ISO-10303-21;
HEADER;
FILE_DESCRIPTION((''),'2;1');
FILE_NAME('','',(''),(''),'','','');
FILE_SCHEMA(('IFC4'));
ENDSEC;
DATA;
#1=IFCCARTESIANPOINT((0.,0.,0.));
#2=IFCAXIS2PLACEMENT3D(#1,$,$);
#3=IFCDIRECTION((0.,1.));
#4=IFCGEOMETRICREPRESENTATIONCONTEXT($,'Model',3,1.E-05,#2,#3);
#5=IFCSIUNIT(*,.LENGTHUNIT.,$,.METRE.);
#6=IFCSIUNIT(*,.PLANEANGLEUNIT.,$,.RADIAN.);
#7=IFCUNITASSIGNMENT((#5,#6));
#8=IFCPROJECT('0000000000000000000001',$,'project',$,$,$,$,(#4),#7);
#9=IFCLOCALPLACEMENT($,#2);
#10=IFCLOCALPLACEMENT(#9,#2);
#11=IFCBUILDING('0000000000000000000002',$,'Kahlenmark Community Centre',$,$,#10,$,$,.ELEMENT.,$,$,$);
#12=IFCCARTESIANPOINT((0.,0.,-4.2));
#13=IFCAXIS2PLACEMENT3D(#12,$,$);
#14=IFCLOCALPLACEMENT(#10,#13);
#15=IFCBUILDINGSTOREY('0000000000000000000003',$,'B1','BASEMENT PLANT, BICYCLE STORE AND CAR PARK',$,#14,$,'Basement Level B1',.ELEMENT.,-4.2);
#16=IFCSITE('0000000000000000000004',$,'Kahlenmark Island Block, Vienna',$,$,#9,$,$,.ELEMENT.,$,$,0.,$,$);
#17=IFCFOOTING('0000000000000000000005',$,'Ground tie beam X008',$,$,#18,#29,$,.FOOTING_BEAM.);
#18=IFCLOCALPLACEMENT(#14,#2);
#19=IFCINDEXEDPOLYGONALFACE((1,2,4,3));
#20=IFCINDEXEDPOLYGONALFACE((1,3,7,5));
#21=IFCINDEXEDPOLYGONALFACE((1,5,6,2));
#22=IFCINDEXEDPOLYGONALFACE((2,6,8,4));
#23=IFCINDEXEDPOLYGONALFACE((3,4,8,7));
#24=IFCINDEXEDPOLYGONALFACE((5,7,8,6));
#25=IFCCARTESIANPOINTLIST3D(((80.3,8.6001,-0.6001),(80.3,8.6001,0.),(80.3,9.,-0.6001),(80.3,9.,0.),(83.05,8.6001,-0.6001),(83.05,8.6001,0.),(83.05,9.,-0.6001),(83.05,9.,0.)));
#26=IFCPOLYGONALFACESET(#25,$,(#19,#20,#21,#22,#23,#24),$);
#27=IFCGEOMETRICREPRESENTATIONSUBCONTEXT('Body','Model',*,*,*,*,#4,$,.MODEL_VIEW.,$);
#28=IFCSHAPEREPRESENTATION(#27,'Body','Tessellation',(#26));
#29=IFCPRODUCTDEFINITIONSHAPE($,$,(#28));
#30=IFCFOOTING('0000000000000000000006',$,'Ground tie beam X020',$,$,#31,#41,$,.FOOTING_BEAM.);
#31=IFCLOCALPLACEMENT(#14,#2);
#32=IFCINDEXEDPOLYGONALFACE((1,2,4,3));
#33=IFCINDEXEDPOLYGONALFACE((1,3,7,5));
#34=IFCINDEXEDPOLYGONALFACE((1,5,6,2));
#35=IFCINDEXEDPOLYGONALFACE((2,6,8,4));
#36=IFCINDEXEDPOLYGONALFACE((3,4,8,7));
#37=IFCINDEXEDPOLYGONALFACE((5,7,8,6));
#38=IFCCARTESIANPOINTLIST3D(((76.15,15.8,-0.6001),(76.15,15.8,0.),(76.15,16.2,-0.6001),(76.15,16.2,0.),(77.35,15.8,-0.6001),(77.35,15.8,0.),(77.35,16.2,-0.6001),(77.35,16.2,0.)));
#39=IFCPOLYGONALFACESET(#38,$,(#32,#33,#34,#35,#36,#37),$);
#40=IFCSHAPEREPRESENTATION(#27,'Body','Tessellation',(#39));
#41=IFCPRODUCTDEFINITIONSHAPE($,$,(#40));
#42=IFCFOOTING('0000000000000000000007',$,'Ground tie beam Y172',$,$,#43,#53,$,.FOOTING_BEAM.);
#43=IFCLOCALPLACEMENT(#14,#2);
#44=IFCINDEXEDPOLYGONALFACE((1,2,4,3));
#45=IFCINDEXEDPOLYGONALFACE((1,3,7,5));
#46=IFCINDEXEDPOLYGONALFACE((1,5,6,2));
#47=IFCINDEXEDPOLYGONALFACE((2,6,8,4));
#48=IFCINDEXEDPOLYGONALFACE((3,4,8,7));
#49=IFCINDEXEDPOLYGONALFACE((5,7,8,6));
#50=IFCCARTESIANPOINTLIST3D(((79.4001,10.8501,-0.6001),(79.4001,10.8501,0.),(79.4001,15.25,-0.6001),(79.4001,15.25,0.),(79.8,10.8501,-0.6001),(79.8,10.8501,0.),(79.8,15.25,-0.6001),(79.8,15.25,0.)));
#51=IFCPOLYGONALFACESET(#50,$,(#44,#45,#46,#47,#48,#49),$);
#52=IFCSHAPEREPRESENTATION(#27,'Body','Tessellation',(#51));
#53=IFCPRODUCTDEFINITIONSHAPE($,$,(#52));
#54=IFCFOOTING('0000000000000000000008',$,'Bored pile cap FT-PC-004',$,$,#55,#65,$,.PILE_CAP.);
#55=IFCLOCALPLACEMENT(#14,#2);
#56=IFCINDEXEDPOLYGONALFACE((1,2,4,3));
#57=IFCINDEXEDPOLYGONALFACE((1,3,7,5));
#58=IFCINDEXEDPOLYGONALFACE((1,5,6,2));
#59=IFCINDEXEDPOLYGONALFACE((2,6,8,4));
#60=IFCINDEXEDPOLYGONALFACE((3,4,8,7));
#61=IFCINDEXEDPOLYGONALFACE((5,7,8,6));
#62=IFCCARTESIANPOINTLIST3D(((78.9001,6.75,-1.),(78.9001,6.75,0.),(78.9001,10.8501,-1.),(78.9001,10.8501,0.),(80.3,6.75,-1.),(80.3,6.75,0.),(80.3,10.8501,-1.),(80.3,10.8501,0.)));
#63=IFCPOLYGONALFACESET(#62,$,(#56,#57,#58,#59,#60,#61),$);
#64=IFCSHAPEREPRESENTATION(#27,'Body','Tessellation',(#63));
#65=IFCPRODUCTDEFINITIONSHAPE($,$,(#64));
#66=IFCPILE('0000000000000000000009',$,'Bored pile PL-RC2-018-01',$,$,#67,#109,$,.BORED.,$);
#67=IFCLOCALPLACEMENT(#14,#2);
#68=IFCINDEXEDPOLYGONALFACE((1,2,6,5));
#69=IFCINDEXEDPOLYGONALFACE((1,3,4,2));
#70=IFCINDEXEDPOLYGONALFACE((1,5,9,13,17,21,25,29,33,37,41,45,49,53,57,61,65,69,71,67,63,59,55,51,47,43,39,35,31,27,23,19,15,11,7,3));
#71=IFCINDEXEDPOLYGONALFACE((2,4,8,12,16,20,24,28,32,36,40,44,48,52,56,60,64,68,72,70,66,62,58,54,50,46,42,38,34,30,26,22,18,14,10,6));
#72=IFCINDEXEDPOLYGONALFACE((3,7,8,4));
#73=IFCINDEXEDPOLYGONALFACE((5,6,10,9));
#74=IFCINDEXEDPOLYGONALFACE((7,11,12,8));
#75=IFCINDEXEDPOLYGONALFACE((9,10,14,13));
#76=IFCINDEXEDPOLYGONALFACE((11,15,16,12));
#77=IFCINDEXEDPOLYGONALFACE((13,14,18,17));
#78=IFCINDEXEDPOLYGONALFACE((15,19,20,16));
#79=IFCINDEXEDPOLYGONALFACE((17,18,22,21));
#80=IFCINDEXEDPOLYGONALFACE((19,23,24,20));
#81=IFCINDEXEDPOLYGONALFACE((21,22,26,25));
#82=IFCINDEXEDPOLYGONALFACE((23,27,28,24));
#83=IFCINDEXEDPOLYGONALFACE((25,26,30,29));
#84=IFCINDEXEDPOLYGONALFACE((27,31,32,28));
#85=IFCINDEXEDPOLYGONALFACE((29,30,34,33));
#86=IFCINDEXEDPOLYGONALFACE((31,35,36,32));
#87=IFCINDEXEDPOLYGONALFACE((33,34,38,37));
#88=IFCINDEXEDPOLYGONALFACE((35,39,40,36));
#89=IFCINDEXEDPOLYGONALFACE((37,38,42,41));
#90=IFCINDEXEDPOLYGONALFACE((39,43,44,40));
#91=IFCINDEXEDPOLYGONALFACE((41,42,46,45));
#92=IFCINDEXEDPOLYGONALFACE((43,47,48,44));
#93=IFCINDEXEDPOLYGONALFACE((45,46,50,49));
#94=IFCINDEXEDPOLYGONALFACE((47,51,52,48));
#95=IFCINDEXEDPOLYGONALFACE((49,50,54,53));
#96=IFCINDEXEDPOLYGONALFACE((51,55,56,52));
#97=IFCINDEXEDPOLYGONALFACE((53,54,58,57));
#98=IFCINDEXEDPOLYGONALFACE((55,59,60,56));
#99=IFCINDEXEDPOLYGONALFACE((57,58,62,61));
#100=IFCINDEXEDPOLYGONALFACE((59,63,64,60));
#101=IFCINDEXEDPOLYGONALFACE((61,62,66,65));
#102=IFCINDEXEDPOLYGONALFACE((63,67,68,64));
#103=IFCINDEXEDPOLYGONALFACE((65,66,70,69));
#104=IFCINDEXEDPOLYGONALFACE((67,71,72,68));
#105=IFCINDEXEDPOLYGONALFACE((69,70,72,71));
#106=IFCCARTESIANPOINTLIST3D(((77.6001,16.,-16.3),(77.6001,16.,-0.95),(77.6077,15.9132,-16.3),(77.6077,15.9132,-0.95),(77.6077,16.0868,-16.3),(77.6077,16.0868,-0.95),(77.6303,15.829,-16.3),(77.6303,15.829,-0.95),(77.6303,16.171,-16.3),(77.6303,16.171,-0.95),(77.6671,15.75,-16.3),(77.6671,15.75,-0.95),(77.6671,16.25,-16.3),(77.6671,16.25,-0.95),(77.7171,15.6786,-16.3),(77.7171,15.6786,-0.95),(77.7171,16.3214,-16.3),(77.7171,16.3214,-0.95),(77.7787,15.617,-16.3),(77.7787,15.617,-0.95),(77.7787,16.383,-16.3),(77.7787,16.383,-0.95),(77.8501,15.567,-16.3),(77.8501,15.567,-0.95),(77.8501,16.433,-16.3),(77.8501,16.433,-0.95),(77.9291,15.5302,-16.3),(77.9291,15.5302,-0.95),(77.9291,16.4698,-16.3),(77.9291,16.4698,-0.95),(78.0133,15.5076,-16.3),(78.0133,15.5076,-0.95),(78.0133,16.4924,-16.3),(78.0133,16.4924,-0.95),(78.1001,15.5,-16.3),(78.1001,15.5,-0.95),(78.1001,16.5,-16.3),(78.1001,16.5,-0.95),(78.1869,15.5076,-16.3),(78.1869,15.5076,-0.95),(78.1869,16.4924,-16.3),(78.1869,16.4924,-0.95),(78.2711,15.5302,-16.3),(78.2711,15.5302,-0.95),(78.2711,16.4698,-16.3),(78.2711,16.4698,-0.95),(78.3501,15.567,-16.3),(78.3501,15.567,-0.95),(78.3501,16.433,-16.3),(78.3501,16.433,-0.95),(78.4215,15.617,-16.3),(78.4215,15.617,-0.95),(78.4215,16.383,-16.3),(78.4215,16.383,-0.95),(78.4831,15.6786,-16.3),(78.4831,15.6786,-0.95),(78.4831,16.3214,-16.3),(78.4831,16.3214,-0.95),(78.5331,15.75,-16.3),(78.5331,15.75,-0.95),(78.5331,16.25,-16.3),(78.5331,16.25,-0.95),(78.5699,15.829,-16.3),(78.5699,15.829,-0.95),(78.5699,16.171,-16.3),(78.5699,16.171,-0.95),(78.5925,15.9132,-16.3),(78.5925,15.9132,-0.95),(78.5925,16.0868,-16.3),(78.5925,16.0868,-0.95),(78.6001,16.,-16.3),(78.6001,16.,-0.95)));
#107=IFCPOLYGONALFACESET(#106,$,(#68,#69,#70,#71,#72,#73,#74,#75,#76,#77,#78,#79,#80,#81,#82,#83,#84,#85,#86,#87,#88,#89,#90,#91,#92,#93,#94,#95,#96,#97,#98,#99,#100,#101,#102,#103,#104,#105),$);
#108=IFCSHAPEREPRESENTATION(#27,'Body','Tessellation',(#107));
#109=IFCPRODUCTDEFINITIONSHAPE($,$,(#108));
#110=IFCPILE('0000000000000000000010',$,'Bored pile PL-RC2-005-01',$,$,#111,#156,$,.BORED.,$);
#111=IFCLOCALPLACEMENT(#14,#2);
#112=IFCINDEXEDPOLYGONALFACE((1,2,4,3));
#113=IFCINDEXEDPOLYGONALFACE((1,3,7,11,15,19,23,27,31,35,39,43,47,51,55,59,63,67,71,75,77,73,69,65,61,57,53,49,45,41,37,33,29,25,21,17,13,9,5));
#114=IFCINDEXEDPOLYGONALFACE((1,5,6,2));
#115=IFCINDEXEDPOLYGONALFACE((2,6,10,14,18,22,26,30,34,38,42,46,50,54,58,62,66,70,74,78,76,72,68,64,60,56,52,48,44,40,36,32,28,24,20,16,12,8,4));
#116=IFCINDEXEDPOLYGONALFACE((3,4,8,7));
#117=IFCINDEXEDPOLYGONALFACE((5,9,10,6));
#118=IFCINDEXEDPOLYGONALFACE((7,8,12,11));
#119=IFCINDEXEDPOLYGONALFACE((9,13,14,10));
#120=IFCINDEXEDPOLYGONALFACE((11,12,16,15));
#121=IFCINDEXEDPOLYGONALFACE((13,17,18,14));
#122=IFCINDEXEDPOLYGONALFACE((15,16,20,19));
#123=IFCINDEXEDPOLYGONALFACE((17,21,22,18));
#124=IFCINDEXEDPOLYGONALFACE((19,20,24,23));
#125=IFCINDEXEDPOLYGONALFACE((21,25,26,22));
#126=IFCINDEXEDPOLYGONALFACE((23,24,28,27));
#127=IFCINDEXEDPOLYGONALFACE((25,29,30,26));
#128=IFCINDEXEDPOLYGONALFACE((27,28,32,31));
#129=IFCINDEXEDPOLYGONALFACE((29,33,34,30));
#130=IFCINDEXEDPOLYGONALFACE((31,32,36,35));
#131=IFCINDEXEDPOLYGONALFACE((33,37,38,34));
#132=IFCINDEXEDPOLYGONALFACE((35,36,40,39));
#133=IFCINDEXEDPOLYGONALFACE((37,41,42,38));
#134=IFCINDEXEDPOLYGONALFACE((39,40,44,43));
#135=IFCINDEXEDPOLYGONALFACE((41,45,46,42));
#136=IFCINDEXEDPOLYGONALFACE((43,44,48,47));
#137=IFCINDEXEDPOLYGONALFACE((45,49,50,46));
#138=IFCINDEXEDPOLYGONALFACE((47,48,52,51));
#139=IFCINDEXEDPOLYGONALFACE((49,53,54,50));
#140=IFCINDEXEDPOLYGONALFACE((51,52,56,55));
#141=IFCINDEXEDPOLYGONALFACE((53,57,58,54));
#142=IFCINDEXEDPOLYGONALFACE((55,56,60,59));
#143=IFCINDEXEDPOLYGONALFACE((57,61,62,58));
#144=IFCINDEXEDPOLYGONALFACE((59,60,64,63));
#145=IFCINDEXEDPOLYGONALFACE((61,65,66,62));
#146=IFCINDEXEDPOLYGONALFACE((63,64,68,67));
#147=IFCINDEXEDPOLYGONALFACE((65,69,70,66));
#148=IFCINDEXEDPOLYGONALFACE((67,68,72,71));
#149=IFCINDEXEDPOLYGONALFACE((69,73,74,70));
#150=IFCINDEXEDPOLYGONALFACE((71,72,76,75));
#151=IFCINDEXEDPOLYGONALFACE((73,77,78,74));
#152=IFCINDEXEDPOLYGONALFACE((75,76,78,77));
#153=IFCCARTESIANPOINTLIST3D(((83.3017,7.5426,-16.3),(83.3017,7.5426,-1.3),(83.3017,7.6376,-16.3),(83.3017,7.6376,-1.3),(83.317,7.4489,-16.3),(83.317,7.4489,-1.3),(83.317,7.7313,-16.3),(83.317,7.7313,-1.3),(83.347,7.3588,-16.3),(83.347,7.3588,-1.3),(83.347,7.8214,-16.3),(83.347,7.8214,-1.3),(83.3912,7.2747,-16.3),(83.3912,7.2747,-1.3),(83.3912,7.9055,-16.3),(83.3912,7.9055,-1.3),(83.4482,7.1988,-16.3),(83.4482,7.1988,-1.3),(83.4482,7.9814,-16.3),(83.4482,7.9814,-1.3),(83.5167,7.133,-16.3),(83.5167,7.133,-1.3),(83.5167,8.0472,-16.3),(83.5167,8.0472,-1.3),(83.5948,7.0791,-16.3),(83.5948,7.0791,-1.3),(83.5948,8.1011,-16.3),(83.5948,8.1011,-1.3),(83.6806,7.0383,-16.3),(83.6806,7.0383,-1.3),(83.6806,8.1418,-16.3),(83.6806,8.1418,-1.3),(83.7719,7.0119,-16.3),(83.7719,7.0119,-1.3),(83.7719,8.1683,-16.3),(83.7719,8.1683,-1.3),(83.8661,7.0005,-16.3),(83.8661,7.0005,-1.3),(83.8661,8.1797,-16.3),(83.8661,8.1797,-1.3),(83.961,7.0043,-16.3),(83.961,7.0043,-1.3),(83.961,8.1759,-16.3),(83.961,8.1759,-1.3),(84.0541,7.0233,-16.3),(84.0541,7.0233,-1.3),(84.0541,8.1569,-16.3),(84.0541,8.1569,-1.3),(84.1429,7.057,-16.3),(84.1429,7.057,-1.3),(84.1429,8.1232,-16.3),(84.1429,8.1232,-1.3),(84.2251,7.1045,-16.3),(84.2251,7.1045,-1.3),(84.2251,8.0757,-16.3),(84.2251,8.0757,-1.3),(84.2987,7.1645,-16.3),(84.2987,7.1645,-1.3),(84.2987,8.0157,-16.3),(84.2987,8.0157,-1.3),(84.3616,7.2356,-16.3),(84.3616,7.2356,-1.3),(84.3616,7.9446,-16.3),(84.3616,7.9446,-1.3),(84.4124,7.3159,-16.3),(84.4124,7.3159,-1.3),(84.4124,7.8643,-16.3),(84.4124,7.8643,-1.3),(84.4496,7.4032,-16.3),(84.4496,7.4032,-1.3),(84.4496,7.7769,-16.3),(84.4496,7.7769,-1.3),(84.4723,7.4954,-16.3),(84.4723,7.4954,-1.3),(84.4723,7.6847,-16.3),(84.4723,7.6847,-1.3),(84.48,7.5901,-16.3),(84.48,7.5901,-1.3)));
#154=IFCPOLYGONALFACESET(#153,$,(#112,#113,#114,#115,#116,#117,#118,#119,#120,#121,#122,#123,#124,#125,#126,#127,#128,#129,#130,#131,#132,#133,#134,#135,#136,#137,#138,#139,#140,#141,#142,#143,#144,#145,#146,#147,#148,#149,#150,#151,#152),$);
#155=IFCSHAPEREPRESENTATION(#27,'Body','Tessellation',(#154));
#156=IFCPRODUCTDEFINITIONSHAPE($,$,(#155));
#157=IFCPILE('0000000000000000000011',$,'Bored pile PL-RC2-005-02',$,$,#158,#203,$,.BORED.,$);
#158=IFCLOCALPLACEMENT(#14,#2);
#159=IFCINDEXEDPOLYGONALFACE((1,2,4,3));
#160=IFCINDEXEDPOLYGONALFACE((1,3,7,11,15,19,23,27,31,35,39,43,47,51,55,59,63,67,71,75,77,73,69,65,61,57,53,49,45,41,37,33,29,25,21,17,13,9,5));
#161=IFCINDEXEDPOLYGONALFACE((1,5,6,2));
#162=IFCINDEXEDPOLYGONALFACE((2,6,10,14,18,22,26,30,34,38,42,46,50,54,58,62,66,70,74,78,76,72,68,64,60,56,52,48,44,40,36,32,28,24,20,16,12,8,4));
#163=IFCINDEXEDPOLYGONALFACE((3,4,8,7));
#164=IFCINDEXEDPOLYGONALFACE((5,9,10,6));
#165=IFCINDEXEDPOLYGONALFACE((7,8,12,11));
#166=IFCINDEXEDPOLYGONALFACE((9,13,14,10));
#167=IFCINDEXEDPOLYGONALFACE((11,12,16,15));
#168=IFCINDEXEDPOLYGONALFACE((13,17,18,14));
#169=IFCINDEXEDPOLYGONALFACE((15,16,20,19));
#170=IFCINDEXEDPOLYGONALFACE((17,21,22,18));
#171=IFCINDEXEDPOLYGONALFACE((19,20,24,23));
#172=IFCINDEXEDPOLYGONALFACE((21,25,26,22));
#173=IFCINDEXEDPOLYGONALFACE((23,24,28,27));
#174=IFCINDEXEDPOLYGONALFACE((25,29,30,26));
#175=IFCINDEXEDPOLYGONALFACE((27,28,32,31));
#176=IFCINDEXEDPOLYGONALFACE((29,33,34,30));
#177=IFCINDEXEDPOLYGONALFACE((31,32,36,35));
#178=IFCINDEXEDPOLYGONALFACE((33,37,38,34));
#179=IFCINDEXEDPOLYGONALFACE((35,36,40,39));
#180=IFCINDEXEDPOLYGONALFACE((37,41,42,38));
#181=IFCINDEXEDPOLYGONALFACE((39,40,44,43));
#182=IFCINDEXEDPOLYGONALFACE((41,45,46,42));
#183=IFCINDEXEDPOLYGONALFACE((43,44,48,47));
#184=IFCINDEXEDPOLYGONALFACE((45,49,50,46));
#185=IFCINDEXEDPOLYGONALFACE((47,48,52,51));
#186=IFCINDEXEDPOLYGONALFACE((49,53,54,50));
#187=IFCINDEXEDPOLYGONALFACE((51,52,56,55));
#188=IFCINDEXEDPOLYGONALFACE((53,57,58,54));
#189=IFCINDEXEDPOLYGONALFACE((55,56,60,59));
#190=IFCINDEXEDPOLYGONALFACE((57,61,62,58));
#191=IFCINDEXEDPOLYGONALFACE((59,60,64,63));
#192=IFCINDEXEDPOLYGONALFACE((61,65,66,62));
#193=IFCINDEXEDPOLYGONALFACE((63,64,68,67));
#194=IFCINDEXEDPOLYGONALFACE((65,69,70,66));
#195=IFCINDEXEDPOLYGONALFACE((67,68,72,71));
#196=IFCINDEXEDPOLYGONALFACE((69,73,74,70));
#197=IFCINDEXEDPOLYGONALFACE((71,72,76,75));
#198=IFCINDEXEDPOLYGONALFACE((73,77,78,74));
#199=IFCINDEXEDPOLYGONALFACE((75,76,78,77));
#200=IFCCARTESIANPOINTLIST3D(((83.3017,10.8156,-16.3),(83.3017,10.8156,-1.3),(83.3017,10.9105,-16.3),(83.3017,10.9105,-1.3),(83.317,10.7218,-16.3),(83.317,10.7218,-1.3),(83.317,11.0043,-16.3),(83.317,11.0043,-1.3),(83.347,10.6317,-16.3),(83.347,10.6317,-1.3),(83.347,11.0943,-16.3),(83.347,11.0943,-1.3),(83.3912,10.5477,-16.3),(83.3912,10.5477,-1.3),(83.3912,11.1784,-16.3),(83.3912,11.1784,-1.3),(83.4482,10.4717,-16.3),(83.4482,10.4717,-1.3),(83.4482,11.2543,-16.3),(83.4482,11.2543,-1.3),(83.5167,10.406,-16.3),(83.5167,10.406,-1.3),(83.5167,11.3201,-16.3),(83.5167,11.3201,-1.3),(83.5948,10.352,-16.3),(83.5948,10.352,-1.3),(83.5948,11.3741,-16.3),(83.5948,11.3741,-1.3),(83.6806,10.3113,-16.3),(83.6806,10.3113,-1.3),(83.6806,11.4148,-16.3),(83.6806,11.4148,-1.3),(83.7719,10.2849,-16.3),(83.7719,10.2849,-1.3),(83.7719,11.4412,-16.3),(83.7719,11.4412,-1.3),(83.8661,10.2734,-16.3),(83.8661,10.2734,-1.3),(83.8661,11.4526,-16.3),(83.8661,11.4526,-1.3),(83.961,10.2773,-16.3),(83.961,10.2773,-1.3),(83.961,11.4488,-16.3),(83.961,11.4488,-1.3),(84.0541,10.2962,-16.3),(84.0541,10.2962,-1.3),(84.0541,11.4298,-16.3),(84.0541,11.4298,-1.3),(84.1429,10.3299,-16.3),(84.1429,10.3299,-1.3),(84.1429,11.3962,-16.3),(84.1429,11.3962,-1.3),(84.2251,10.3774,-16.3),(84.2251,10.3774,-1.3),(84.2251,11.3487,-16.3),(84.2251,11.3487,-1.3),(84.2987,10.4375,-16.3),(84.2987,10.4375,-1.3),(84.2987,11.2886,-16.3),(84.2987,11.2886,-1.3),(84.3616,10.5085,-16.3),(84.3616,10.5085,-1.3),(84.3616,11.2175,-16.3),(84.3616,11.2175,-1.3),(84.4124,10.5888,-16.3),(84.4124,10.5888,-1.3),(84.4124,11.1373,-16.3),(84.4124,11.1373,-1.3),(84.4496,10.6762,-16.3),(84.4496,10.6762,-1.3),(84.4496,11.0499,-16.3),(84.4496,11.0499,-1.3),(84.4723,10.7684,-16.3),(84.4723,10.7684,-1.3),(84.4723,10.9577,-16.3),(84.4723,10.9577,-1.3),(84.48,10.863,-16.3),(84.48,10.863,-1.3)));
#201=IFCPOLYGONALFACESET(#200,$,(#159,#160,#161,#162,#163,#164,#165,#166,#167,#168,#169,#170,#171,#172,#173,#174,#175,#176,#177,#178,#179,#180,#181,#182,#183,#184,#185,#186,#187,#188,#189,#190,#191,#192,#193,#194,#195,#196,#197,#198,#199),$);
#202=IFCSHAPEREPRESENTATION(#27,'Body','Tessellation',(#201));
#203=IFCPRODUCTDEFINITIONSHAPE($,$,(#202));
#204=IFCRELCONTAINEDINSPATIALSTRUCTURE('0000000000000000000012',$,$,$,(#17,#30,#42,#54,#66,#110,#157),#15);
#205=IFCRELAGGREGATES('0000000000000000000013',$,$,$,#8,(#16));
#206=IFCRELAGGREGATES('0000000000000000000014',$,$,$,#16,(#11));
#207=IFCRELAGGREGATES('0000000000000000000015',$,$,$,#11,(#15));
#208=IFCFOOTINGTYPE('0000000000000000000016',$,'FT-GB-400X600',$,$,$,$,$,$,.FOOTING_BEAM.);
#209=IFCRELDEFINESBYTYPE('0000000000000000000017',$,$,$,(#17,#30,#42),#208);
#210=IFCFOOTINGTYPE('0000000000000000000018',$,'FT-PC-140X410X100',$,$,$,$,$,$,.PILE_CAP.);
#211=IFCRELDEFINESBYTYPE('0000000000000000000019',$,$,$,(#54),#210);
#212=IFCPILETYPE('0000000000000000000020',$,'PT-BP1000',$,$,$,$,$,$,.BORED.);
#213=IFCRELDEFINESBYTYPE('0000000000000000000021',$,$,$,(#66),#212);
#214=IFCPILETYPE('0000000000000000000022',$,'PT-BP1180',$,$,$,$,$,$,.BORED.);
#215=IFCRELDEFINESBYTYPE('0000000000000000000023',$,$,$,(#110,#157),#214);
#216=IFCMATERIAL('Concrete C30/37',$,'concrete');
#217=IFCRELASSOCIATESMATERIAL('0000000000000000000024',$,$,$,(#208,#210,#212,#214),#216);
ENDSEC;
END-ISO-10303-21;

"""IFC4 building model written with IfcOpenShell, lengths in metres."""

from ifc_helpers import new_model, si_unit, direction, frame, origin, origin_2d, place, context, subcontext, project, spatial, rectangle, circle, extrude, material, material_profile, profile_set, type_object, element, save


model = new_model("IFC4")

# Units and contexts
model_context = context("Model", 3, precision=1e-05, world=origin(), true_north=direction((0.0, 1.0)))
body_context = subcontext(model_context, "Body", "Model", "MODEL_VIEW")
ifc_project = project(units=[si_unit("LENGTHUNIT", "METRE"), si_unit("PLANEANGLEUNIT", "RADIAN")], contexts=[model_context])

# Site, building, storey
site_placement = place(None, origin())
site = spatial("IfcSite", under=ifc_project, at=site_placement, Name="Kahlenmark Island Block, Vienna", CompositionType="ELEMENT", RefElevation=0.0)
building_placement = place(site_placement, origin())
building = spatial("IfcBuilding", under=site, at=building_placement, Name="Kahlenmark Community Centre", CompositionType="ELEMENT")
storey_placement = place(building_placement, frame((0.0, 0.0, -4.2)))
storey = spatial("IfcBuildingStorey", under=building, at=storey_placement, Name="B1", Description="BASEMENT PLANT, BICYCLE STORE AND CAR PARK", LongName="Basement Level B1", CompositionType="ELEMENT", Elevation=-4.2)

# Footings
ifc_material_1 = material(Name="Concrete C30/37", Category="concrete")
footing_type_1 = type_object("IfcFootingType", Name="FT-GB-400X600", PredefinedType="FOOTING_BEAM", material=ifc_material_1)
footing_1_placement = place(storey_placement, frame((81.675, 8.8, -0.6001), z_axis=(0.0, 0.0, 1.0), x_axis=(1.0, 0.0, 0.0)))
element("IfcFooting", 1, at=footing_1_placement, inside=storey, type_object=footing_type_1, Name="Ground tie beam X008", PredefinedType="FOOTING_BEAM", context=body_context, shape_type="SweptSolid", body=[
    extrude(rectangle(XDim=2.75, YDim=0.3999, at=origin_2d()), origin(), (0.0, 0.0, 1.0), 0.6001),
])
footing_2_placement = place(storey_placement, frame((76.75, 16.0, -0.6001), z_axis=(0.0, 0.0, 1.0), x_axis=(1.0, 0.0, 0.0)))
element("IfcFooting", 2, at=footing_2_placement, inside=storey, type_object=footing_type_1, Name="Ground tie beam X020", PredefinedType="FOOTING_BEAM", context=body_context, shape_type="SweptSolid", body=[
    extrude(rectangle(XDim=1.2, YDim=0.3999, at=origin_2d()), origin(), (0.0, 0.0, 1.0), 0.6001),
])
footing_3_placement = place(storey_placement, frame((79.6001, 13.05, -0.6001), z_axis=(0.0, 0.0, 1.0), x_axis=(1.0, 0.0, 0.0)))
element("IfcFooting", 3, at=footing_3_placement, inside=storey, type_object=footing_type_1, Name="Ground tie beam Y172", PredefinedType="FOOTING_BEAM", context=body_context, shape_type="SweptSolid", body=[
    extrude(rectangle(XDim=0.3999, YDim=4.3999, at=origin_2d()), origin(), (0.0, 0.0, 1.0), 0.6001),
])
footing_type_2 = type_object("IfcFootingType", Name="FT-PC-140X410X100", PredefinedType="PILE_CAP", material=ifc_material_1)
footing_4_placement = place(storey_placement, frame((79.6001, 8.8, -1.0), z_axis=(0.0, 0.0, 1.0), x_axis=(1.0, 0.0, 0.0)))
element("IfcFooting", 4, at=footing_4_placement, inside=storey, type_object=footing_type_2, Name="Bored pile cap FT-PC-004", PredefinedType="PILE_CAP", context=body_context, shape_type="SweptSolid", body=[
    extrude(rectangle(XDim=1.3999, YDim=4.1001, at=origin_2d()), origin(), (0.0, 0.0, 1.0), 1.0),
])

# Piles
ifc_material_profile_1 = material_profile(ifc_material_1, circle(Radius=0.5, at=origin_2d()), Name="BORED PILE 1000")
ifc_profile_set_1 = profile_set([ifc_material_profile_1], Name="Concrete C30/37")
pile_type_1 = type_object("IfcPileType", Name="PT-BP1000", PredefinedType="BORED", material=ifc_profile_set_1)
pile_placement = place(storey_placement, frame((78.1001, 16.0, -0.95), z_axis=(0.0, 0.0, -1.0), x_axis=(1.0, 0.0, 0.0)))
element("IfcPile", 5, at=pile_placement, inside=storey, type_object=pile_type_1, Name="Bored pile PL-RC2-018-01", PredefinedType="BORED", context=body_context, shape_type="SweptSolid", body=[
    extrude(circle(Radius=0.5, at=origin_2d()), origin(), (0.0, 0.0, 1.0), 15.3501),
])
ifc_material_profile_2 = material_profile(ifc_material_1, circle(Radius=0.5901, at=origin_2d()), Name="BORED PILE 1180")
ifc_profile_set_2 = profile_set([ifc_material_profile_2], Name="Concrete C30/37")
pile_type_2 = type_object("IfcPileType", Name="PT-BP1180", PredefinedType="BORED", material=ifc_profile_set_2)
for number, where, z_axis, x_axis, name in (
    (6, (83.8899, 7.5901, -1.3), (0.0, 0.0, -1.0), (1.0, 0.0, 0.0), "Bored pile PL-RC2-005-01"),
    (7, (83.8899, 10.863, -1.3), (0.0, 0.0, -1.0), (1.0, 0.0, 0.0), "Bored pile PL-RC2-005-02"),
):
    element("IfcPile", number, at=place(storey_placement, frame(where, z_axis=z_axis, x_axis=x_axis)), inside=storey, type_object=pile_type_2, Name=name, PredefinedType="BORED", context=body_context, shape_type="SweptSolid", body=[
        extrude(circle(Radius=0.5901, at=origin_2d()), origin(), (0.0, 0.0, 1.0), 15.0),
    ])

save(model, "model.ifc")
